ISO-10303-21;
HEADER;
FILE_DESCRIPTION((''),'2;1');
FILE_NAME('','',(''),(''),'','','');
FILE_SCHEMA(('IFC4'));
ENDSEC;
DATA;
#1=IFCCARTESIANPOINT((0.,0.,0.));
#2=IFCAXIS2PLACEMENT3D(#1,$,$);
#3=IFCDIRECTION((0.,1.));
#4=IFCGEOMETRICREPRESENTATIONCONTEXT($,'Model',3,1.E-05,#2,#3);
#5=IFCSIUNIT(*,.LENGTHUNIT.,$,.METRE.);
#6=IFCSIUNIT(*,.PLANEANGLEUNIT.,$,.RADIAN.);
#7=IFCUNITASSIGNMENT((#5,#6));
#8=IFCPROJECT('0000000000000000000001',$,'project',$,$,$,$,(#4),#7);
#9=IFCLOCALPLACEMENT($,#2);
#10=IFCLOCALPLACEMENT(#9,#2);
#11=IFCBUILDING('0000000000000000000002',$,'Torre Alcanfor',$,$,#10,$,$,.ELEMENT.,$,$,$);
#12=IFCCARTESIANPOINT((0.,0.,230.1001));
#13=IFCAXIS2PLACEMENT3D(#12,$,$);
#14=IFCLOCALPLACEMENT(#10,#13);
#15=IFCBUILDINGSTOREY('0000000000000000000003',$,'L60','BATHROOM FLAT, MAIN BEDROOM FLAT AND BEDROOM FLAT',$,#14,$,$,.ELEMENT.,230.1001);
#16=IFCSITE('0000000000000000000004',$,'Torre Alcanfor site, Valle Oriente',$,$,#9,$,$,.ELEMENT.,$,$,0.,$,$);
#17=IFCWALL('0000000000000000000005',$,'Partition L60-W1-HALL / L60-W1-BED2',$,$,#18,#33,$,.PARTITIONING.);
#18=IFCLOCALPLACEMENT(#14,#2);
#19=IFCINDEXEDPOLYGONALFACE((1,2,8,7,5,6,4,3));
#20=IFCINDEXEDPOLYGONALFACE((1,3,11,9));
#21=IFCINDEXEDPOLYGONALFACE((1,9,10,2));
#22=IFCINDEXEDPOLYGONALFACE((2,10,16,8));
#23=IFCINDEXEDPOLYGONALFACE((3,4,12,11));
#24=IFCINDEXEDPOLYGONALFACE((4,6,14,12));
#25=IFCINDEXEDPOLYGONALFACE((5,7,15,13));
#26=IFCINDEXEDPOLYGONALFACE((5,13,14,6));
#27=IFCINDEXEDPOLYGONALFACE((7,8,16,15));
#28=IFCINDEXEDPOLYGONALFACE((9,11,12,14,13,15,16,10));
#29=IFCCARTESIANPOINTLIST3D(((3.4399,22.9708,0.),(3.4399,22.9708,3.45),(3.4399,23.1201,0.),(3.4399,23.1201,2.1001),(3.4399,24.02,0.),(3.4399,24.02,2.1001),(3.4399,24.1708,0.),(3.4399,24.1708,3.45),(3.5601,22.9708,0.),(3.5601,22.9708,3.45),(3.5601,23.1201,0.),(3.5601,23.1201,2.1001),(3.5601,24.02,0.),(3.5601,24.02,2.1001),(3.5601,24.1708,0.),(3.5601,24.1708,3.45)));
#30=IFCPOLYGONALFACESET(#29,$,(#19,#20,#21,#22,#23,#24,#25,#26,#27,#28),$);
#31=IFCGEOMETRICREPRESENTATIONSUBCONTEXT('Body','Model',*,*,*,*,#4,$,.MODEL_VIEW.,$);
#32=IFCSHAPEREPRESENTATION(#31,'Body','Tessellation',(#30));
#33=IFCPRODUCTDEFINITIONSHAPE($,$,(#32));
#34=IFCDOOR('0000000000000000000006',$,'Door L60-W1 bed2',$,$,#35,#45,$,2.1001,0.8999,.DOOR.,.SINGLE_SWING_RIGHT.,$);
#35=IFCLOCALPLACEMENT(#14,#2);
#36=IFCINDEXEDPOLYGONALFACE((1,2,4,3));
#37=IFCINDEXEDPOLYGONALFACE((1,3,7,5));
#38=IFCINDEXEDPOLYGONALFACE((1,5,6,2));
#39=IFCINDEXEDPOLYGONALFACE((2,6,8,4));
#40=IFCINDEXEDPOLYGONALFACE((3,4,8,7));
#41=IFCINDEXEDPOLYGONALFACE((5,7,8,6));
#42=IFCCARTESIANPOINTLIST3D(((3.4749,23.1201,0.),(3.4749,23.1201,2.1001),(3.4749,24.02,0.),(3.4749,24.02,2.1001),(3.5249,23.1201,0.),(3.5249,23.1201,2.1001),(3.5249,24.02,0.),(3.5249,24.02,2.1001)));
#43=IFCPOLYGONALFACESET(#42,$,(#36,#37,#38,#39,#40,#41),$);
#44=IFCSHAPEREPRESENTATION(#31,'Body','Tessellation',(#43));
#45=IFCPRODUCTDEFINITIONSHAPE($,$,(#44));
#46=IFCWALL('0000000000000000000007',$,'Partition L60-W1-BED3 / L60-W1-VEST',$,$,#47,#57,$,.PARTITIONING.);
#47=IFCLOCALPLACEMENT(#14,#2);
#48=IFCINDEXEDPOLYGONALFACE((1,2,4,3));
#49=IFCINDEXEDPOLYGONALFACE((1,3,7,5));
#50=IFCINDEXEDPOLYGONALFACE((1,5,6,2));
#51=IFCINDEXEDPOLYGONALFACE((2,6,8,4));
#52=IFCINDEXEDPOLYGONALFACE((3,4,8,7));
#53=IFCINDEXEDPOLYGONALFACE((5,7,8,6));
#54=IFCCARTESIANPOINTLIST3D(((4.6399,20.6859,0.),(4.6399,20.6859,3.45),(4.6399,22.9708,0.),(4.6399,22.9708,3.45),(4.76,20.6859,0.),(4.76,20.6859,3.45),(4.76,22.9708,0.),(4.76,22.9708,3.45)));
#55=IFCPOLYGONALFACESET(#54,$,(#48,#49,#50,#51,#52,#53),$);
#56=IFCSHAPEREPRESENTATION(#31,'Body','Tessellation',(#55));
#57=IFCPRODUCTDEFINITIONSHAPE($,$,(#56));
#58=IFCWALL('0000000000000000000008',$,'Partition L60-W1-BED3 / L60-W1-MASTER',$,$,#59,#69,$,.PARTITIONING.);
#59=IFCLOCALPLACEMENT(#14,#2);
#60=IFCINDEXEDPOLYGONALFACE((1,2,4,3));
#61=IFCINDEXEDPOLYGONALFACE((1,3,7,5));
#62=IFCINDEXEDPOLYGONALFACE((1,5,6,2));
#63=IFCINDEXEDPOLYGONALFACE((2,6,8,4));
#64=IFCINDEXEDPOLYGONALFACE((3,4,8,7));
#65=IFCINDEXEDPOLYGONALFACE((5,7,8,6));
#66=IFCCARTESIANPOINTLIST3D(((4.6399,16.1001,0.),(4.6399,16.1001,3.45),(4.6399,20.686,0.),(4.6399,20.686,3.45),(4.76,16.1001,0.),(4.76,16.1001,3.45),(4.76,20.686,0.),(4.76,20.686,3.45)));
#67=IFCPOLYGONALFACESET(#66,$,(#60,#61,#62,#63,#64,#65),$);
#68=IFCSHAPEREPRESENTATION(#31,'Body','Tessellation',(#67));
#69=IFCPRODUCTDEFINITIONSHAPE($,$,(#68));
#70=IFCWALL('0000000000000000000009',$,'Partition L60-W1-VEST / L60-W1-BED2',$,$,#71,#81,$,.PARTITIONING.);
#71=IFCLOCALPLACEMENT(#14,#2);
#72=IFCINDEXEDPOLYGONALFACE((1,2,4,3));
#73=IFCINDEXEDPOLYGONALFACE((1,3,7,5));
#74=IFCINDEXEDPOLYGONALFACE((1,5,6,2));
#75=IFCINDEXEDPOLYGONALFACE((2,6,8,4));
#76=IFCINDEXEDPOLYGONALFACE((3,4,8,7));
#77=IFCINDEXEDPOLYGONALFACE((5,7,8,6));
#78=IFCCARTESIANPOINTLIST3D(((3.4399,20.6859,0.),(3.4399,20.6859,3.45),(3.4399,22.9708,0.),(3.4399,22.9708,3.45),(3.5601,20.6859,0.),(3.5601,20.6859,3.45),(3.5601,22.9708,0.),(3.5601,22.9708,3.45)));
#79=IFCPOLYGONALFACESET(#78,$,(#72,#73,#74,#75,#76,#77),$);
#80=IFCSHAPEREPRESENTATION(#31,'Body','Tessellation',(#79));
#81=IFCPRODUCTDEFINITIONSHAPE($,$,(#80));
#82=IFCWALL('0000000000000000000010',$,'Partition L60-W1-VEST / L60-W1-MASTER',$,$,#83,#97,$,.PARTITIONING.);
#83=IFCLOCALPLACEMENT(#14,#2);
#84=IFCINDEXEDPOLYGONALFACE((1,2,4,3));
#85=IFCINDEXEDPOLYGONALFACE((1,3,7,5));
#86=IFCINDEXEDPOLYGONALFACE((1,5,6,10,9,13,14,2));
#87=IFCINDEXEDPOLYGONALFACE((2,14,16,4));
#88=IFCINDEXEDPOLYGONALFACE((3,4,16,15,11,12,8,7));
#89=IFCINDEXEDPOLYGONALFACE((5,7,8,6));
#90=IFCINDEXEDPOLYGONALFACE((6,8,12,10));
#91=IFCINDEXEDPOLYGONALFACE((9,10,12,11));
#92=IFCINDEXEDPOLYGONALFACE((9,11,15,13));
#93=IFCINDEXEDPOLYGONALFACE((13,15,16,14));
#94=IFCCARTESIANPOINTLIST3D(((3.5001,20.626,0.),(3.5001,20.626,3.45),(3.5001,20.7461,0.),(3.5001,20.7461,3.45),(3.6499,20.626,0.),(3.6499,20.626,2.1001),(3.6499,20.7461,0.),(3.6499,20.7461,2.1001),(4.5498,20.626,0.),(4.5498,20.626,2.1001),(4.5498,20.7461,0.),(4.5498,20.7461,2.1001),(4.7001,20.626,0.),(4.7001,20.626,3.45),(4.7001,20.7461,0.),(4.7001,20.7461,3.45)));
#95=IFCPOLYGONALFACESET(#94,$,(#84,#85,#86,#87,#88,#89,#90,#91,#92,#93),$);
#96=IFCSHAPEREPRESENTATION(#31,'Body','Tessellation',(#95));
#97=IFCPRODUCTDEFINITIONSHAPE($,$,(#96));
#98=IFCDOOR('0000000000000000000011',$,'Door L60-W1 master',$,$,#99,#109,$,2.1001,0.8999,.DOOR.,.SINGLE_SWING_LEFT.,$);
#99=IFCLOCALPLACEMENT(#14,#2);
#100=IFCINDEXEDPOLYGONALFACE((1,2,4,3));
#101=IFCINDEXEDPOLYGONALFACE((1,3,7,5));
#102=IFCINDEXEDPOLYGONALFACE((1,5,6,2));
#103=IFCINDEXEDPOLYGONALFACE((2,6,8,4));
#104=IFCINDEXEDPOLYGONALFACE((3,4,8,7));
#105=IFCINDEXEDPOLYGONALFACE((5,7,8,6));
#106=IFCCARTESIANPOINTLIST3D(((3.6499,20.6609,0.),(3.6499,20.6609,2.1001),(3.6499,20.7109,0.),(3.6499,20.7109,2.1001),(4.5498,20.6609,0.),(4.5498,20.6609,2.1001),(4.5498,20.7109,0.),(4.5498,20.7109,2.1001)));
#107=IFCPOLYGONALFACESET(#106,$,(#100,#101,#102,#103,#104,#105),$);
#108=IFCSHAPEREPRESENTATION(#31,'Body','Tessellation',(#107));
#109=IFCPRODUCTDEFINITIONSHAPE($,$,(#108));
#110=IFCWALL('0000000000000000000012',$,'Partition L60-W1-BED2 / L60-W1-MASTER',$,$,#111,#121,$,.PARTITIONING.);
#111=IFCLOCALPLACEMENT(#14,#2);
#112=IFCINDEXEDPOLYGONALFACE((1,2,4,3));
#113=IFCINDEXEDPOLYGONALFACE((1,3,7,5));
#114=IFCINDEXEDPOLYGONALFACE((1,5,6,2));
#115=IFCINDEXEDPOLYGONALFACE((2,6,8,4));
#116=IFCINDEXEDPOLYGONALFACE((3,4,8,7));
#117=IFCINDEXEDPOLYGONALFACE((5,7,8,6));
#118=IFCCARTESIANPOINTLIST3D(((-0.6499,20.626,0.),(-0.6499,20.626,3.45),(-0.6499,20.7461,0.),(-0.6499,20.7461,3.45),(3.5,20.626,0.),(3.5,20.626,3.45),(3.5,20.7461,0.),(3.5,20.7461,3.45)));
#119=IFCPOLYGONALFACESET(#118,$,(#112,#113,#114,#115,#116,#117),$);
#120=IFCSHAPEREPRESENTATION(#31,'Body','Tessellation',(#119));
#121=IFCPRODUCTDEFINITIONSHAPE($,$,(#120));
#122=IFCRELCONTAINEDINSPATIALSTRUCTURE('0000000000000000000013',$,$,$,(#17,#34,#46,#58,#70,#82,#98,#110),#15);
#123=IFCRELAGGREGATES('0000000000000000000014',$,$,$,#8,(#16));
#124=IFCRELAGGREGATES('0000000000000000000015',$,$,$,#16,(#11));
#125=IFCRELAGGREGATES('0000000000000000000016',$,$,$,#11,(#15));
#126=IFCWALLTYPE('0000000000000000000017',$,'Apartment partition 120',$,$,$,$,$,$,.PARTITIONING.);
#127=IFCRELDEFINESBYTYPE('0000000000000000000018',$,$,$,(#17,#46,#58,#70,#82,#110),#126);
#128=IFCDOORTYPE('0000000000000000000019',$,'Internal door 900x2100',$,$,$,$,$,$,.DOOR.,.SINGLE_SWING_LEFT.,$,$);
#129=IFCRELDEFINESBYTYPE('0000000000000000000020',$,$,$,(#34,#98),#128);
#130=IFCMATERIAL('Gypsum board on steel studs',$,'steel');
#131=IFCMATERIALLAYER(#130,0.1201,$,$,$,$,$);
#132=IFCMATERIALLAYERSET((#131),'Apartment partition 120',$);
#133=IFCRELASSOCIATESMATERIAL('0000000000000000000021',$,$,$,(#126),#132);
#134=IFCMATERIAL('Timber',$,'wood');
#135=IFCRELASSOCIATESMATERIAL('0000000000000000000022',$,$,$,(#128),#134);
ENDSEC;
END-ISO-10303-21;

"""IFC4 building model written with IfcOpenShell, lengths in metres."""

from ifc_helpers import new_model, si_unit, direction, frame, frame_2d, origin, place, context, subcontext, project, spatial, rectangle, extrude, material, layer, layer_set, type_object, element, fill, save


model = new_model("IFC4")

# Units and contexts
model_context = context("Model", 3, precision=1e-05, world=origin(), true_north=direction((0.0, 1.0)))
body_context = subcontext(model_context, "Body", "Model", "MODEL_VIEW")
ifc_project = project(units=[si_unit("LENGTHUNIT", "METRE"), si_unit("PLANEANGLEUNIT", "RADIAN")], contexts=[model_context])

# Site, building, storey
site_placement = place(None, origin())
site = spatial("IfcSite", under=ifc_project, at=site_placement, Name="Torre Alcanfor site, Valle Oriente", CompositionType="ELEMENT", RefElevation=0.0)
building_placement = place(site_placement, origin())
building = spatial("IfcBuilding", under=site, at=building_placement, Name="Torre Alcanfor", CompositionType="ELEMENT")
storey_placement = place(building_placement, frame((0.0, 0.0, 230.1001)))
storey = spatial("IfcBuildingStorey", under=building, at=storey_placement, Name="L60", Description="BATHROOM FLAT, MAIN BEDROOM FLAT AND BEDROOM FLAT", CompositionType="ELEMENT", Elevation=230.1001)

# Shared definitions
ifc_material_1 = material(Name="Gypsum board on steel studs", Category="steel")
ifc_layer_1 = layer(ifc_material_1, 0.1201)
ifc_layer_set_1 = layer_set([ifc_layer_1], Name="Apartment partition 120")
wall_type = type_object("IfcWallType", Name="Apartment partition 120", PredefinedType="PARTITIONING", material=ifc_layer_set_1)

# Shared definitions
ifc_material_2 = material(Name="Timber", Category="wood")
door_type = type_object("IfcDoorType", Name="Internal door 900x2100", OperationType="SINGLE_SWING_LEFT", PredefinedType="DOOR", material=ifc_material_2)

# Wall, opening, door
wall_1_placement = place(storey_placement, frame((3.5, 24.1709, 0.0), z_axis=(0.0, 0.0, 1.0), x_axis=(0.0, -1.0, 0.0)))
wall_1 = element("IfcWall", 1, at=wall_1_placement, inside=storey, type_object=wall_type, Name="Partition L60-W1-HALL / L60-W1-BED2", PredefinedType="PARTITIONING", context=body_context, shape_type="SweptSolid", body=[
    extrude(rectangle(XDim=1.2, YDim=0.1201, at=frame_2d((0.6001, 0.0))), origin(), (0.0, 0.0, 1.0), 3.45),
])
opening_1_placement = place(wall_1_placement, frame((0.1509, 0.0, 0.0)))
opening_1 = element("IfcOpeningElement", 2, at=opening_1_placement, cuts=wall_1, PredefinedType="OPENING", context=body_context, shape_type="SweptSolid", body=[
    extrude(rectangle(XDim=0.8999, YDim=2.1001, at=frame_2d((0.45, 1.05))), frame((0.0, 0.0701, 0.0), z_axis=(0.0, -1.0, 0.0), x_axis=(1.0, 0.0, 0.0)), (0.0, 0.0, 1.0), 0.1401),
])
door_1_placement = place(opening_1_placement, frame((0.8999, 0.0, 0.0), z_axis=(0.0, 0.0, 1.0), x_axis=(-1.0, 0.0, 0.0)))
door_1 = element("IfcDoor", 3, at=door_1_placement, inside=storey, type_object=door_type, Name="Door L60-W1 bed2", OperationType="SINGLE_SWING_RIGHT", OverallHeight=2.1001, OverallWidth=0.8999, PredefinedType="DOOR", context=body_context, shape_type="SweptSolid", body=[
    extrude(rectangle(XDim=0.8999, YDim=2.1001, at=frame_2d((0.45, 1.05))), frame((0.0, 0.0251, 0.0), z_axis=(0.0, -1.0, 0.0), x_axis=(1.0, 0.0, 0.0)), (0.0, 0.0, 1.0), 0.05),
])
fill(opening_1, door_1)

# Walls
wall_2_placement = place(storey_placement, frame((4.7, 22.9709, 0.0), z_axis=(0.0, 0.0, 1.0), x_axis=(0.0, -1.0, 0.0)))
element("IfcWall", 4, at=wall_2_placement, inside=storey, type_object=wall_type, Name="Partition L60-W1-BED3 / L60-W1-VEST", PredefinedType="PARTITIONING", context=body_context, shape_type="SweptSolid", body=[
    extrude(rectangle(XDim=2.2849, YDim=0.1201, at=frame_2d((1.1426, 0.0))), origin(), (0.0, 0.0, 1.0), 3.45),
])
wall_3_placement = place(storey_placement, frame((4.7, 20.686, 0.0), z_axis=(0.0, 0.0, 1.0), x_axis=(0.0, -1.0, 0.0)))
element("IfcWall", 5, at=wall_3_placement, inside=storey, type_object=wall_type, Name="Partition L60-W1-BED3 / L60-W1-MASTER", PredefinedType="PARTITIONING", context=body_context, shape_type="SweptSolid", body=[
    extrude(rectangle(XDim=4.5859, YDim=0.1201, at=frame_2d((2.293, 0.0))), origin(), (0.0, 0.0, 1.0), 3.45),
])
wall_4_placement = place(storey_placement, frame((3.5, 22.9709, 0.0), z_axis=(0.0, 0.0, 1.0), x_axis=(0.0, -1.0, 0.0)))
element("IfcWall", 6, at=wall_4_placement, inside=storey, type_object=wall_type, Name="Partition L60-W1-VEST / L60-W1-BED2", PredefinedType="PARTITIONING", context=body_context, shape_type="SweptSolid", body=[
    extrude(rectangle(XDim=2.2849, YDim=0.1201, at=frame_2d((1.1426, 0.0))), origin(), (0.0, 0.0, 1.0), 3.45),
])

# Wall, opening, door
wall_5_placement = place(storey_placement, frame((3.5, 20.686, 0.0), z_axis=(0.0, 0.0, 1.0), x_axis=(1.0, 0.0, 0.0)))
wall_5 = element("IfcWall", 7, at=wall_5_placement, inside=storey, type_object=wall_type, Name="Partition L60-W1-VEST / L60-W1-MASTER", PredefinedType="PARTITIONING", context=body_context, shape_type="SweptSolid", body=[
    extrude(rectangle(XDim=1.2, YDim=0.1201, at=frame_2d((0.6001, 0.0))), origin(), (0.0, 0.0, 1.0), 3.45),
])
opening_2_placement = place(wall_5_placement, frame((0.1499, 0.0, 0.0)))
opening_2 = element("IfcOpeningElement", 8, at=opening_2_placement, cuts=wall_5, PredefinedType="OPENING", context=body_context, shape_type="SweptSolid", body=[
    extrude(rectangle(XDim=0.8999, YDim=2.1001, at=frame_2d((0.45, 1.05))), frame((0.0, 0.0701, 0.0), z_axis=(0.0, -1.0, 0.0), x_axis=(1.0, 0.0, 0.0)), (0.0, 0.0, 1.0), 0.1401),
])
door_2_placement = place(opening_2_placement, origin())
door_2 = element("IfcDoor", 9, at=door_2_placement, inside=storey, type_object=door_type, Name="Door L60-W1 master", OperationType="SINGLE_SWING_LEFT", OverallHeight=2.1001, OverallWidth=0.8999, PredefinedType="DOOR", context=body_context, shape_type="SweptSolid", body=[
    extrude(rectangle(XDim=0.8999, YDim=2.1001, at=frame_2d((0.45, 1.05))), frame((0.0, 0.0249, 0.0), z_axis=(0.0, -1.0, 0.0), x_axis=(1.0, 0.0, 0.0)), (0.0, 0.0, 1.0), 0.05),
])
fill(opening_2, door_2)

# Wall
wall_6_placement = place(storey_placement, frame((-0.6499, 20.686, 0.0), z_axis=(0.0, 0.0, 1.0), x_axis=(1.0, 0.0, 0.0)))
element("IfcWall", 10, at=wall_6_placement, inside=storey, type_object=wall_type, Name="Partition L60-W1-BED2 / L60-W1-MASTER", PredefinedType="PARTITIONING", context=body_context, shape_type="SweptSolid", body=[
    extrude(rectangle(XDim=4.1499, YDim=0.1201, at=frame_2d((2.075, 0.0))), origin(), (0.0, 0.0, 1.0), 3.45),
])

save(model, "model.ifc")
